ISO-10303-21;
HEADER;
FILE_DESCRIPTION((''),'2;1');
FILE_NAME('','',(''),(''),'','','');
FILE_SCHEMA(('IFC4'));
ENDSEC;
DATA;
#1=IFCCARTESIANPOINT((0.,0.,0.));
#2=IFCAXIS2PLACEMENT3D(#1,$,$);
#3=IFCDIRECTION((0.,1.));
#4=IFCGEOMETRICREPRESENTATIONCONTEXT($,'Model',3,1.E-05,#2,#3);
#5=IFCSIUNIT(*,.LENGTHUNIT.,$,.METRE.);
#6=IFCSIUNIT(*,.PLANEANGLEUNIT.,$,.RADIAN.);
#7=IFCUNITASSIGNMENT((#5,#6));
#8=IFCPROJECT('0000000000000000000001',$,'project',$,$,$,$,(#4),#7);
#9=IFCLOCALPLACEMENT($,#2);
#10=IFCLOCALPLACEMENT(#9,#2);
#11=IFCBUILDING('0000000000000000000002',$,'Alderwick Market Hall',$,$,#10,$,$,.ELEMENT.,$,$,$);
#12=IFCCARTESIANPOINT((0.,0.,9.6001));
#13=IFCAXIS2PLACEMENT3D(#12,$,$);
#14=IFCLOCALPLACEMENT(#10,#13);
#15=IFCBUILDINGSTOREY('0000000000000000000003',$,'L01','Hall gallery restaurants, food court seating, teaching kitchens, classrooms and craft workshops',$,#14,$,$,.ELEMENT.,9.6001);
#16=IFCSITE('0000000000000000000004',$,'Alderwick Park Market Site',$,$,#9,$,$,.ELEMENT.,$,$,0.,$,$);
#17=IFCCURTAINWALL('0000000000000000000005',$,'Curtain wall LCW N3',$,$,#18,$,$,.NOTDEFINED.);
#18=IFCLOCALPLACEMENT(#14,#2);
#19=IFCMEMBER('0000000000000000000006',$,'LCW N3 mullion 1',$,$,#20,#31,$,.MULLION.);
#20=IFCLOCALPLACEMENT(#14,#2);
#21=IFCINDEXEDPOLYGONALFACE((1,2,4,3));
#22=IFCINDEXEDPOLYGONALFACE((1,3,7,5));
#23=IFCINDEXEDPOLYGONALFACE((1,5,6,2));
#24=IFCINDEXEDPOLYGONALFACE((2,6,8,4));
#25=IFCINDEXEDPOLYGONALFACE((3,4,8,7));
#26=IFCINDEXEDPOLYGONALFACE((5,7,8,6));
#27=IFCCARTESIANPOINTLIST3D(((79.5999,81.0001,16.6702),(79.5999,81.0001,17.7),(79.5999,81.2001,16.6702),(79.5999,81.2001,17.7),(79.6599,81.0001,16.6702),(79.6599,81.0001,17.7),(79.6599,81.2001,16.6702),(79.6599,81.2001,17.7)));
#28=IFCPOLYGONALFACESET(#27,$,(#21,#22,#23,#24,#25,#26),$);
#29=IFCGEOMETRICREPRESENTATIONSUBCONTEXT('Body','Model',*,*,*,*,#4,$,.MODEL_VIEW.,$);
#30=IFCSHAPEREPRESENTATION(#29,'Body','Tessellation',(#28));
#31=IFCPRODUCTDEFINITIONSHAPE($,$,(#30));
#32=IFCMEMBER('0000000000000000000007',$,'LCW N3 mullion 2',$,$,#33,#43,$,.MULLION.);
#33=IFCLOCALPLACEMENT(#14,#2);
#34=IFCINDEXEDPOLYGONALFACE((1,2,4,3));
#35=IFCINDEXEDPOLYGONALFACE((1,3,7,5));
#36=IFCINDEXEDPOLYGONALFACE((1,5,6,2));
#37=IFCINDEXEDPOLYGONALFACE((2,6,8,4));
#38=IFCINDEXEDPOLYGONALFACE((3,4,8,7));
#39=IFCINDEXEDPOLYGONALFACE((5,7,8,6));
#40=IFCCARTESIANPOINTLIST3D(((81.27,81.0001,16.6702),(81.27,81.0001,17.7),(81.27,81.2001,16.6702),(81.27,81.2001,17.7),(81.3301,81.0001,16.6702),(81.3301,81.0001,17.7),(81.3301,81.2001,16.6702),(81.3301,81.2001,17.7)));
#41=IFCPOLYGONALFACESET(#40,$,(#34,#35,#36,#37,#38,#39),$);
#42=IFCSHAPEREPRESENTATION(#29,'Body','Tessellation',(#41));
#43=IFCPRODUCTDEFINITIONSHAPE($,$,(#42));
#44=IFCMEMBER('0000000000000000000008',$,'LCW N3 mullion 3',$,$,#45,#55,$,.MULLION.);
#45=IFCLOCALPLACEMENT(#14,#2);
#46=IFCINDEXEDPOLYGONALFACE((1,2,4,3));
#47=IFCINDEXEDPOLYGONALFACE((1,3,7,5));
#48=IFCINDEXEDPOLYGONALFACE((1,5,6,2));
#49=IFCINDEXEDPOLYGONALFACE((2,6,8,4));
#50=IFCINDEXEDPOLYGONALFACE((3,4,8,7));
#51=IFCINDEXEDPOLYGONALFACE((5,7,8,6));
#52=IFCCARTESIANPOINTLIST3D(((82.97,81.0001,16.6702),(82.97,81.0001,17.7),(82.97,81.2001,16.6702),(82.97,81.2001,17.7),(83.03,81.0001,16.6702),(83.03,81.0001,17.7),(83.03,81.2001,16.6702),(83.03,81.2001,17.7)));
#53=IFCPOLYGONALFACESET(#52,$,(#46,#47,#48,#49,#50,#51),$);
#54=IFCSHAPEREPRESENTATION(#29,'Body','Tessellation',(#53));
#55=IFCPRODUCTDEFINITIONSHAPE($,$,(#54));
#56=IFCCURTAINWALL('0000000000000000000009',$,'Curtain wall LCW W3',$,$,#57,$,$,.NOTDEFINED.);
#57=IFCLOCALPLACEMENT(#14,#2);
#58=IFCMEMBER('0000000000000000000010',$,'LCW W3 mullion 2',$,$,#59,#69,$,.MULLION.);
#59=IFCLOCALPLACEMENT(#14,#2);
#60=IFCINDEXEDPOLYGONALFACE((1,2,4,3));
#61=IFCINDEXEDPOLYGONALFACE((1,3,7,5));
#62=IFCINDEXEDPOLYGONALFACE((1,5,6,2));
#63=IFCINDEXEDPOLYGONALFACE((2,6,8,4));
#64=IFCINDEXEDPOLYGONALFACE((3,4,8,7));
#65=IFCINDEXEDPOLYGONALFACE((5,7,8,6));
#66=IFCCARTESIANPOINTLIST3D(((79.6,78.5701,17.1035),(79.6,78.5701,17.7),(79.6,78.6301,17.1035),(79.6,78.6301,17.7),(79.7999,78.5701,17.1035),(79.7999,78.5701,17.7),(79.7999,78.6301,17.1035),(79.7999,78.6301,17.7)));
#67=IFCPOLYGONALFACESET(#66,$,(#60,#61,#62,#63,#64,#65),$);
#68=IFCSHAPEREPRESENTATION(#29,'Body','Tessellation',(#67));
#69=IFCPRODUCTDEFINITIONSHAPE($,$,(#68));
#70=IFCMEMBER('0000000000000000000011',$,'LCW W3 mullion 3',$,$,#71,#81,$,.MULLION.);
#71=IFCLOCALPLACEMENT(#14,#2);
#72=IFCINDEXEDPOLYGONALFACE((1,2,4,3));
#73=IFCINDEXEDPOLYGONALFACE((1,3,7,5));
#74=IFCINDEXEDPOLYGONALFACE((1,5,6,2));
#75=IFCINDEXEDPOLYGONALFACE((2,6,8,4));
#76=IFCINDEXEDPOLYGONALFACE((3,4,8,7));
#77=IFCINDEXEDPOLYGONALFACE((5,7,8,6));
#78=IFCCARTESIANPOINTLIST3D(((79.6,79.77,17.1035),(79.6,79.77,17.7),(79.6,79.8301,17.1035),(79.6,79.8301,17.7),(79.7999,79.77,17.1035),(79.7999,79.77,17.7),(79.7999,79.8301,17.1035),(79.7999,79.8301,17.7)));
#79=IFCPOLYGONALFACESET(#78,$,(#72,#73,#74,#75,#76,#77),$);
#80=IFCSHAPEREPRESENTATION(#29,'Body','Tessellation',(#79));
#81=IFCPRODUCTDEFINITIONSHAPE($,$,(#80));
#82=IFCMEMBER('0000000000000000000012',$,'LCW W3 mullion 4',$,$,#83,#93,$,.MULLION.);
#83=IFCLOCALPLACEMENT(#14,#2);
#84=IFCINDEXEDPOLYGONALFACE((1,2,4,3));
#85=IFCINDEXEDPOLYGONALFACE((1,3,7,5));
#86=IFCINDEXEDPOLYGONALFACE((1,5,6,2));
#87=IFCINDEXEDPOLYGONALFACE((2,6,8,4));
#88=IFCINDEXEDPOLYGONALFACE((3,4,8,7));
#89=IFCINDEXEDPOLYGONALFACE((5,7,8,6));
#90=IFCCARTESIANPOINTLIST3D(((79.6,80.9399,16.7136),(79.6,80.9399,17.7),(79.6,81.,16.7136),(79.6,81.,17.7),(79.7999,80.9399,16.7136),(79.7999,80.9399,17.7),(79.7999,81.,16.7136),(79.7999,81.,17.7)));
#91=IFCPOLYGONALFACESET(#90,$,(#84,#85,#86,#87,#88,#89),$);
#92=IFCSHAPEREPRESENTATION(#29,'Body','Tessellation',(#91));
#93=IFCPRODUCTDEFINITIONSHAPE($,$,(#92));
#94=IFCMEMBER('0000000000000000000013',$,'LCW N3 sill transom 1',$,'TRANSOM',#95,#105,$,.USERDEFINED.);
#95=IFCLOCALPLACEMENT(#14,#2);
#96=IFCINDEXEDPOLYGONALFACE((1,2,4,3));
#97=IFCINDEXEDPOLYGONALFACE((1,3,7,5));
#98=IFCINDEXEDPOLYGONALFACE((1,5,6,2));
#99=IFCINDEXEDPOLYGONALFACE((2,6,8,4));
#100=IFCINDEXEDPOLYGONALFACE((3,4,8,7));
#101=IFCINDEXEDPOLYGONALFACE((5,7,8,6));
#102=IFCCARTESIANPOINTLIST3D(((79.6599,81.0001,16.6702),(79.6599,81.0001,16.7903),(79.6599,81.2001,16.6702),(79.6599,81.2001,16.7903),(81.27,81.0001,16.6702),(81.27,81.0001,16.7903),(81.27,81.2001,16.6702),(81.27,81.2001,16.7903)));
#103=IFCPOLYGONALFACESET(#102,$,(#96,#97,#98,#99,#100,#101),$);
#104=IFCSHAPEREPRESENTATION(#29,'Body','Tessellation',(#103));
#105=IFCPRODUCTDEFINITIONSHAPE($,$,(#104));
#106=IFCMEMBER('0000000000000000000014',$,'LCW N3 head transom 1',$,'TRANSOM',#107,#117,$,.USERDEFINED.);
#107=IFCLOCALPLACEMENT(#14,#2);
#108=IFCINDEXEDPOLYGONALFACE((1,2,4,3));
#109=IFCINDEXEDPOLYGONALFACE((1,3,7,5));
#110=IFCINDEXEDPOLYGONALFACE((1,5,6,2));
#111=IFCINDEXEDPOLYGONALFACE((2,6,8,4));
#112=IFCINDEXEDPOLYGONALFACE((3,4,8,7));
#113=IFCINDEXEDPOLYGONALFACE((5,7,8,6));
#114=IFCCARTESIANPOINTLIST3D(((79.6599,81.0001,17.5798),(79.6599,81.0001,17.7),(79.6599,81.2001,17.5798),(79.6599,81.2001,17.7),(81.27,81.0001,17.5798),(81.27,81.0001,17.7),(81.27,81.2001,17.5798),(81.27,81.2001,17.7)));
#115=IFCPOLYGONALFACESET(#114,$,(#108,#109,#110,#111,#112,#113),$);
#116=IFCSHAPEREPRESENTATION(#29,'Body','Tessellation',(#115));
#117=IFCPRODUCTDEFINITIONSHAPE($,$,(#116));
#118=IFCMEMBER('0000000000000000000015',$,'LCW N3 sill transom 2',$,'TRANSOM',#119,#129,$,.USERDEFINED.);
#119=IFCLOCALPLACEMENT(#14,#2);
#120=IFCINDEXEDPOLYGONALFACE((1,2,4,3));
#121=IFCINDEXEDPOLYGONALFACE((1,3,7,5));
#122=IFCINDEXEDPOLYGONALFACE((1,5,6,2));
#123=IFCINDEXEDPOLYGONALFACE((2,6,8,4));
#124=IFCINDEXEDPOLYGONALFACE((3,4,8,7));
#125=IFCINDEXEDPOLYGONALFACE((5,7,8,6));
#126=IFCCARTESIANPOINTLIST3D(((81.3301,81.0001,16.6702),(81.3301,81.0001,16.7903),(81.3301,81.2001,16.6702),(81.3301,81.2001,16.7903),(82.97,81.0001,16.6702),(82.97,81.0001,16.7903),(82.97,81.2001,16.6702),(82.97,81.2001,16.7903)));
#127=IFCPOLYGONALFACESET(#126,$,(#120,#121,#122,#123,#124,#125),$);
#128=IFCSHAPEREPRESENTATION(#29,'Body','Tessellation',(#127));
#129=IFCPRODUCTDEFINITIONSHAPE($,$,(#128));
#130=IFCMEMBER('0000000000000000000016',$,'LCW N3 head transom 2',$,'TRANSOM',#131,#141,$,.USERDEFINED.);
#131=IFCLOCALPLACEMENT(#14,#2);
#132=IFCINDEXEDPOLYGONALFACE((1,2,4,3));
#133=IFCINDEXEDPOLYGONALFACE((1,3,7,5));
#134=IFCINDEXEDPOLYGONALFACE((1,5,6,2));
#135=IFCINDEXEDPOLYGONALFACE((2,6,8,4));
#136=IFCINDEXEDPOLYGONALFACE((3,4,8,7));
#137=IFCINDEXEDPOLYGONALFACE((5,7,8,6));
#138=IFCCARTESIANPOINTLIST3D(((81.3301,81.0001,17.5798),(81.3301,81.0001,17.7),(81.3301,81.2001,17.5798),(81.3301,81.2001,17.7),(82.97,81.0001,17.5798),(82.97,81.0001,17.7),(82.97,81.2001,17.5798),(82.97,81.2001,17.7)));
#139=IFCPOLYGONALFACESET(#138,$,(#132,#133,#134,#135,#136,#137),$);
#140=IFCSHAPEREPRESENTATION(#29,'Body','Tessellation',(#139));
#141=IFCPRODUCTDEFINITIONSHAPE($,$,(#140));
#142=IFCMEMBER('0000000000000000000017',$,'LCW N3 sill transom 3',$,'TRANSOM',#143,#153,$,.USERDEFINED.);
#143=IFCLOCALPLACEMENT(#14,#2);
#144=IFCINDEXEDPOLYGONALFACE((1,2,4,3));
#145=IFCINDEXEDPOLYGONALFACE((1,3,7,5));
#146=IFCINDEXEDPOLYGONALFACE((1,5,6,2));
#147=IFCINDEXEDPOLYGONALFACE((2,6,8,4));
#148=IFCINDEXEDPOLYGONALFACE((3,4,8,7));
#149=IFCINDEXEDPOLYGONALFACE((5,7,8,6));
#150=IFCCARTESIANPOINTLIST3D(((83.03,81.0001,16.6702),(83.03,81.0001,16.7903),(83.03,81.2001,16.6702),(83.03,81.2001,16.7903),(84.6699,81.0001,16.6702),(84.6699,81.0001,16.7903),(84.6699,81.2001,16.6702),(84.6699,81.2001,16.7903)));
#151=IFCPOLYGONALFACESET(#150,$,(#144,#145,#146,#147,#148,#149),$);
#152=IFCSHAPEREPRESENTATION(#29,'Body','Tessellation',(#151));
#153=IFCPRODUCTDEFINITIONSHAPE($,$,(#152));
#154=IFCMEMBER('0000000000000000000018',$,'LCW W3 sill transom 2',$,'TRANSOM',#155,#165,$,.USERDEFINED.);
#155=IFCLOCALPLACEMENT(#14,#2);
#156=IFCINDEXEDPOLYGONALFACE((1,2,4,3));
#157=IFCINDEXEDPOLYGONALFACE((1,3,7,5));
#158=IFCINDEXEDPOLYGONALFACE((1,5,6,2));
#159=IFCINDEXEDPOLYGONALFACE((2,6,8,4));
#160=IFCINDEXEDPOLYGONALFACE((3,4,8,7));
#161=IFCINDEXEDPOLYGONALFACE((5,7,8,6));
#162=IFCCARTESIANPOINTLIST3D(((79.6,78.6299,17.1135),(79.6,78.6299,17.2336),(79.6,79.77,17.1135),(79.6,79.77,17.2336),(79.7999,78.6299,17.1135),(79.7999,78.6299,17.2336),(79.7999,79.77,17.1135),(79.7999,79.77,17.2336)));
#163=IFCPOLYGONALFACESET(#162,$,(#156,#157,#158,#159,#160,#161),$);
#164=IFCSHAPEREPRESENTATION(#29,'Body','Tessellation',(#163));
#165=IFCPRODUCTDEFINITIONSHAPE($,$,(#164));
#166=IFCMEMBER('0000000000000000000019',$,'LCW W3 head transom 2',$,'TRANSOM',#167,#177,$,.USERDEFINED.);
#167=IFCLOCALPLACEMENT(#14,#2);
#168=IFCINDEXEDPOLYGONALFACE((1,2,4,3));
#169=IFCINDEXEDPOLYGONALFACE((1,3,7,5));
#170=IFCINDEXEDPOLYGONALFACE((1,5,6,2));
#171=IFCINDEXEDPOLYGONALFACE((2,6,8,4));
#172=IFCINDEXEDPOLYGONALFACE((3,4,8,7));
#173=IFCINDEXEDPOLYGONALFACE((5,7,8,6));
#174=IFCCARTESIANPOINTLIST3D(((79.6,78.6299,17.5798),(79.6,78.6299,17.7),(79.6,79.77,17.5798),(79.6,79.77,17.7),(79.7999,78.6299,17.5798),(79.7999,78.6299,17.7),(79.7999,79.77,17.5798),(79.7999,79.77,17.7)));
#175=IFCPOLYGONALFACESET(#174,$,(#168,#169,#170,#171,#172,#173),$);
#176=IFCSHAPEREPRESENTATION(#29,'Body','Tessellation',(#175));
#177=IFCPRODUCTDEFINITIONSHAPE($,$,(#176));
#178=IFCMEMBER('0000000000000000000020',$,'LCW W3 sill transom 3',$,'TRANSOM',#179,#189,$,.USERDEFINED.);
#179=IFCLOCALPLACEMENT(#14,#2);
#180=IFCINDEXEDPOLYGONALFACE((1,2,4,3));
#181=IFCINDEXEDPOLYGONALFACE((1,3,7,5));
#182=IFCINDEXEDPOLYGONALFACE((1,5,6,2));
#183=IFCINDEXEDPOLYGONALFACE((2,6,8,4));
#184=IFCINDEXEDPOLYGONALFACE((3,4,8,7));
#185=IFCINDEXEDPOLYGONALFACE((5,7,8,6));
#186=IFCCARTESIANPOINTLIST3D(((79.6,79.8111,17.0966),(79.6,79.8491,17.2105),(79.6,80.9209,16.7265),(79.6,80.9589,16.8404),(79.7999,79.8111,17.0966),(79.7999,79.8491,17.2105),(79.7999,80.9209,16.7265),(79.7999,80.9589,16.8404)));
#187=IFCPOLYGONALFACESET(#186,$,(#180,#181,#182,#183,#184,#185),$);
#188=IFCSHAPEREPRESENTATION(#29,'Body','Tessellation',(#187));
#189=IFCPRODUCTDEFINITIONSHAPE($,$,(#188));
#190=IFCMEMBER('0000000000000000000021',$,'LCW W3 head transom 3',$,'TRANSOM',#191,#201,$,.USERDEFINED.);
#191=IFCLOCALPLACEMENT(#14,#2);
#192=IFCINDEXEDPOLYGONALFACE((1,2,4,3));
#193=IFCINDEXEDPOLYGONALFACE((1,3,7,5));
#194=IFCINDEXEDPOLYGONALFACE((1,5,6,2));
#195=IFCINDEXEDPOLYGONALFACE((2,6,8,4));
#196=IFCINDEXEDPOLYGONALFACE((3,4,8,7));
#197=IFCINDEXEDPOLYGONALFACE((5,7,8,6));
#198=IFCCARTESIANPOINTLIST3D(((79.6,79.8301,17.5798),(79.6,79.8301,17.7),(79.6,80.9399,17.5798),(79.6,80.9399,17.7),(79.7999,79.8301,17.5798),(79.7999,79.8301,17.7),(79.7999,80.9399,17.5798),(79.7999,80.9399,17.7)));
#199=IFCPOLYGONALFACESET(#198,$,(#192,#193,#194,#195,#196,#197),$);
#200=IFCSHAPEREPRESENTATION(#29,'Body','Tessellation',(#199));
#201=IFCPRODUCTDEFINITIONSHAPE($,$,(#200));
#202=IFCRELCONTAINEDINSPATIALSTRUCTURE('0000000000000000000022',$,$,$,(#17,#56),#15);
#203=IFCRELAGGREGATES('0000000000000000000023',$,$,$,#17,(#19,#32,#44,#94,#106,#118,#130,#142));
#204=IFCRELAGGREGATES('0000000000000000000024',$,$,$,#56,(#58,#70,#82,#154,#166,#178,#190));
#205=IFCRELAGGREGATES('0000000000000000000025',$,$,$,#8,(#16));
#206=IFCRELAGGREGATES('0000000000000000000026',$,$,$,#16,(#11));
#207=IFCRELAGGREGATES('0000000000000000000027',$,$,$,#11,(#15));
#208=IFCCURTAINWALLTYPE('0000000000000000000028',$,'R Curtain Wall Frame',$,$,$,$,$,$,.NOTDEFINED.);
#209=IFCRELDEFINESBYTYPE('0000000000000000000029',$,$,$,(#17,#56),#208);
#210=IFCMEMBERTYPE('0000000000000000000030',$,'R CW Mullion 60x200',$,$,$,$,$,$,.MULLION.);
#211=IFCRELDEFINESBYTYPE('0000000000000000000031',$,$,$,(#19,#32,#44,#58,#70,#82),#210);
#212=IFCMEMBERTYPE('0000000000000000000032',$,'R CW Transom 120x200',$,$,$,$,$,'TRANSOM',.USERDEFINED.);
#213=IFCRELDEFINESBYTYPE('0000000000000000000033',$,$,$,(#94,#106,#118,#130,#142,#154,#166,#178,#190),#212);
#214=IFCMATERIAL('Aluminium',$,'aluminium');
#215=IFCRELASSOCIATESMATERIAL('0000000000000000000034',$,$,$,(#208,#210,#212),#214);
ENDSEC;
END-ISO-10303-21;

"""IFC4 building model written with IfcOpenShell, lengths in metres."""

from ifc_helpers import new_model, si_unit, direction, frame, origin, origin_2d, place, context, subcontext, project, spatial, rectangle, extrude, material, material_profile, profile_set, type_object, element, aggregate, save


model = new_model("IFC4")

# Units and contexts
model_context = context("Model", 3, precision=1e-05, world=origin(), true_north=direction((0.0, 1.0)))
body_context = subcontext(model_context, "Body", "Model", "MODEL_VIEW")
ifc_project = project(units=[si_unit("LENGTHUNIT", "METRE"), si_unit("PLANEANGLEUNIT", "RADIAN")], contexts=[model_context])

# Site, building, storey
site_placement = place(None, origin())
site = spatial("IfcSite", under=ifc_project, at=site_placement, Name="Alderwick Park Market Site", CompositionType="ELEMENT", RefElevation=0.0)
building_placement = place(site_placement, origin())
building = spatial("IfcBuilding", under=site, at=building_placement, Name="Alderwick Market Hall", CompositionType="ELEMENT")
storey_placement = place(building_placement, frame((0.0, 0.0, 9.6001)))
storey = spatial("IfcBuildingStorey", under=building, at=storey_placement, Name="L01", Description="Hall gallery restaurants, food court seating, teaching kitchens, classrooms and craft workshops", CompositionType="ELEMENT", Elevation=9.6001)

# Curtain walls, members
ifc_material_1 = material(Name="Aluminium", Category="aluminium")
curtain_wall_type = type_object("IfcCurtainWallType", Name="R Curtain Wall Frame", PredefinedType="NOTDEFINED", material=ifc_material_1)
curtain_wall_1_placement = place(storey_placement, origin())
curtain_wall_1 = element("IfcCurtainWall", 1, at=curtain_wall_1_placement, inside=storey, type_object=curtain_wall_type, Name="Curtain wall LCW N3", PredefinedType="NOTDEFINED")
ifc_material_profile_1 = material_profile(ifc_material_1, rectangle(XDim=0.2, YDim=0.0601, at=origin_2d()), Name="AL 60x200")
ifc_profile_set_1 = profile_set([ifc_material_profile_1], Name="Aluminium")
member_type_1 = type_object("IfcMemberType", Name="R CW Mullion 60x200", PredefinedType="MULLION", material=ifc_profile_set_1)
member_1_placement = place(storey_placement, frame((79.6299, 81.1001, 16.6702), z_axis=(0.0, 0.0, 1.0), x_axis=(0.0, 1.0, 0.0)))
member_1 = element("IfcMember", 2, at=member_1_placement, type_object=member_type_1, Name="LCW N3 mullion 1", PredefinedType="MULLION", context=body_context, shape_type="SweptSolid", body=[
    extrude(rectangle(XDim=0.2, YDim=0.0601, at=origin_2d()), origin(), (0.0, 0.0, 1.0), 1.0298),
])
member_2_placement = place(storey_placement, frame((81.3, 81.1001, 16.6702), z_axis=(0.0, 0.0, 1.0), x_axis=(0.0, 1.0, 0.0)))
member_2 = element("IfcMember", 3, at=member_2_placement, type_object=member_type_1, Name="LCW N3 mullion 2", PredefinedType="MULLION", context=body_context, shape_type="SweptSolid", body=[
    extrude(rectangle(XDim=0.2, YDim=0.0601, at=origin_2d()), origin(), (0.0, 0.0, 1.0), 1.0298),
])
member_3_placement = place(storey_placement, frame((83.0, 81.1001, 16.6702), z_axis=(0.0, 0.0, 1.0), x_axis=(0.0, 1.0, 0.0)))
member_3 = element("IfcMember", 4, at=member_3_placement, type_object=member_type_1, Name="LCW N3 mullion 3", PredefinedType="MULLION", context=body_context, shape_type="SweptSolid", body=[
    extrude(rectangle(XDim=0.2, YDim=0.0601, at=origin_2d()), origin(), (0.0, 0.0, 1.0), 1.0298),
])
curtain_wall_2_placement = place(storey_placement, origin())
curtain_wall_2 = element("IfcCurtainWall", 5, at=curtain_wall_2_placement, inside=storey, type_object=curtain_wall_type, Name="Curtain wall LCW W3", PredefinedType="NOTDEFINED")
member_4_placement = place(storey_placement, frame((79.7, 78.6001, 17.1035), z_axis=(0.0, 0.0, 1.0), x_axis=(1.0, 0.0, 0.0)))
member_4 = element("IfcMember", 6, at=member_4_placement, type_object=member_type_1, Name="LCW W3 mullion 2", PredefinedType="MULLION", context=body_context, shape_type="SweptSolid", body=[
    extrude(rectangle(XDim=0.2, YDim=0.0601, at=origin_2d()), origin(), (0.0, 0.0, 1.0), 0.5964),
])
member_5_placement = place(storey_placement, frame((79.7, 79.8, 17.1035), z_axis=(0.0, 0.0, 1.0), x_axis=(1.0, 0.0, 0.0)))
member_5 = element("IfcMember", 7, at=member_5_placement, type_object=member_type_1, Name="LCW W3 mullion 3", PredefinedType="MULLION", context=body_context, shape_type="SweptSolid", body=[
    extrude(rectangle(XDim=0.2, YDim=0.0601, at=origin_2d()), origin(), (0.0, 0.0, 1.0), 0.5964),
])
member_6_placement = place(storey_placement, frame((79.7, 80.97, 16.7136), z_axis=(0.0, 0.0, 1.0), x_axis=(1.0, 0.0, 0.0)))
member_6 = element("IfcMember", 8, at=member_6_placement, type_object=member_type_1, Name="LCW W3 mullion 4", PredefinedType="MULLION", context=body_context, shape_type="SweptSolid", body=[
    extrude(rectangle(XDim=0.2, YDim=0.0601, at=origin_2d()), origin(), (0.0, 0.0, 1.0), 0.9863),
])

# Members
ifc_material_profile_2 = material_profile(ifc_material_1, rectangle(XDim=0.2, YDim=0.1201, at=origin_2d()), Name="AL 120x200")
ifc_profile_set_2 = profile_set([ifc_material_profile_2], Name="Aluminium")
member_type_2 = type_object("IfcMemberType", Name="R CW Transom 120x200", ElementType="TRANSOM", PredefinedType="USERDEFINED", material=ifc_profile_set_2)
member_7_placement = place(storey_placement, frame((79.6599, 81.1001, 16.7302), z_axis=(1.0, 0.0, 0.0), x_axis=(0.0, 1.0, 0.0)))
member_7 = element("IfcMember", 9, at=member_7_placement, type_object=member_type_2, Name="LCW N3 sill transom 1", ObjectType="TRANSOM", PredefinedType="USERDEFINED", context=body_context, shape_type="SweptSolid", body=[
    extrude(rectangle(XDim=0.2, YDim=0.1201, at=origin_2d()), origin(), (0.0, 0.0, 1.0), 1.6101),
])
member_8_placement = place(storey_placement, frame((79.6599, 81.1001, 17.6399), z_axis=(1.0, 0.0, 0.0), x_axis=(0.0, 1.0, 0.0)))
member_8 = element("IfcMember", 10, at=member_8_placement, type_object=member_type_2, Name="LCW N3 head transom 1", ObjectType="TRANSOM", PredefinedType="USERDEFINED", context=body_context, shape_type="SweptSolid", body=[
    extrude(rectangle(XDim=0.2, YDim=0.1201, at=origin_2d()), origin(), (0.0, 0.0, 1.0), 1.6101),
])
member_9_placement = place(storey_placement, frame((81.3301, 81.1001, 16.7302), z_axis=(1.0, 0.0, 0.0), x_axis=(0.0, 1.0, 0.0)))
member_9 = element("IfcMember", 11, at=member_9_placement, type_object=member_type_2, Name="LCW N3 sill transom 2", ObjectType="TRANSOM", PredefinedType="USERDEFINED", context=body_context, shape_type="SweptSolid", body=[
    extrude(rectangle(XDim=0.2, YDim=0.1201, at=origin_2d()), origin(), (0.0, 0.0, 1.0), 1.6399),
])
member_10_placement = place(storey_placement, frame((81.3301, 81.1001, 17.6399), z_axis=(1.0, 0.0, 0.0), x_axis=(0.0, 1.0, 0.0)))
member_10 = element("IfcMember", 12, at=member_10_placement, type_object=member_type_2, Name="LCW N3 head transom 2", ObjectType="TRANSOM", PredefinedType="USERDEFINED", context=body_context, shape_type="SweptSolid", body=[
    extrude(rectangle(XDim=0.2, YDim=0.1201, at=origin_2d()), origin(), (0.0, 0.0, 1.0), 1.6399),
])
member_11_placement = place(storey_placement, frame((83.03, 81.1001, 16.7302), z_axis=(1.0, 0.0, 0.0), x_axis=(0.0, 1.0, 0.0)))
member_11 = element("IfcMember", 13, at=member_11_placement, type_object=member_type_2, Name="LCW N3 sill transom 3", ObjectType="TRANSOM", PredefinedType="USERDEFINED", context=body_context, shape_type="SweptSolid", body=[
    extrude(rectangle(XDim=0.2, YDim=0.1201, at=origin_2d()), origin(), (0.0, 0.0, 1.0), 1.6399),
])
member_12_placement = place(storey_placement, frame((79.7, 78.6299, 17.1736), z_axis=(0.0, 1.0, 0.0), x_axis=(-1.0, 0.0, 0.0)))
member_12 = element("IfcMember", 14, at=member_12_placement, type_object=member_type_2, Name="LCW W3 sill transom 2", ObjectType="TRANSOM", PredefinedType="USERDEFINED", context=body_context, shape_type="SweptSolid", body=[
    extrude(rectangle(XDim=0.2, YDim=0.1201, at=origin_2d()), origin(), (0.0, 0.0, 1.0), 1.1401),
])
member_13_placement = place(storey_placement, frame((79.7, 78.6299, 17.6399), z_axis=(0.0, 1.0, 0.0), x_axis=(-1.0, 0.0, 0.0)))
member_13 = element("IfcMember", 15, at=member_13_placement, type_object=member_type_2, Name="LCW W3 head transom 2", ObjectType="TRANSOM", PredefinedType="USERDEFINED", context=body_context, shape_type="SweptSolid", body=[
    extrude(rectangle(XDim=0.2, YDim=0.1201, at=origin_2d()), origin(), (0.0, 0.0, 1.0), 1.1401),
])
member_14_placement = place(storey_placement, frame((79.7, 79.8301, 17.1536), z_axis=(0.0, 0.948642, -0.316353), x_axis=(-1.0, 0.0, 0.0)))
member_14 = element("IfcMember", 16, at=member_14_placement, type_object=member_type_2, Name="LCW W3 sill transom 3", ObjectType="TRANSOM", PredefinedType="USERDEFINED", context=body_context, shape_type="SweptSolid", body=[
    extrude(rectangle(XDim=0.2, YDim=0.1201, at=origin_2d()), origin(), (0.0, 0.0, 1.0), 1.1699),
])
member_15_placement = place(storey_placement, frame((79.7, 79.8301, 17.6399), z_axis=(0.0, 1.0, 0.0), x_axis=(-1.0, 0.0, 0.0)))
member_15 = element("IfcMember", 17, at=member_15_placement, type_object=member_type_2, Name="LCW W3 head transom 3", ObjectType="TRANSOM", PredefinedType="USERDEFINED", context=body_context, shape_type="SweptSolid", body=[
    extrude(rectangle(XDim=0.2, YDim=0.1201, at=origin_2d()), origin(), (0.0, 0.0, 1.0), 1.1099),
])

aggregate(curtain_wall_1, [member_1, member_2, member_3, member_7, member_8, member_9, member_10, member_11])
aggregate(curtain_wall_2, [member_4, member_5, member_6, member_12, member_13, member_14, member_15])

save(model, "model.ifc")
